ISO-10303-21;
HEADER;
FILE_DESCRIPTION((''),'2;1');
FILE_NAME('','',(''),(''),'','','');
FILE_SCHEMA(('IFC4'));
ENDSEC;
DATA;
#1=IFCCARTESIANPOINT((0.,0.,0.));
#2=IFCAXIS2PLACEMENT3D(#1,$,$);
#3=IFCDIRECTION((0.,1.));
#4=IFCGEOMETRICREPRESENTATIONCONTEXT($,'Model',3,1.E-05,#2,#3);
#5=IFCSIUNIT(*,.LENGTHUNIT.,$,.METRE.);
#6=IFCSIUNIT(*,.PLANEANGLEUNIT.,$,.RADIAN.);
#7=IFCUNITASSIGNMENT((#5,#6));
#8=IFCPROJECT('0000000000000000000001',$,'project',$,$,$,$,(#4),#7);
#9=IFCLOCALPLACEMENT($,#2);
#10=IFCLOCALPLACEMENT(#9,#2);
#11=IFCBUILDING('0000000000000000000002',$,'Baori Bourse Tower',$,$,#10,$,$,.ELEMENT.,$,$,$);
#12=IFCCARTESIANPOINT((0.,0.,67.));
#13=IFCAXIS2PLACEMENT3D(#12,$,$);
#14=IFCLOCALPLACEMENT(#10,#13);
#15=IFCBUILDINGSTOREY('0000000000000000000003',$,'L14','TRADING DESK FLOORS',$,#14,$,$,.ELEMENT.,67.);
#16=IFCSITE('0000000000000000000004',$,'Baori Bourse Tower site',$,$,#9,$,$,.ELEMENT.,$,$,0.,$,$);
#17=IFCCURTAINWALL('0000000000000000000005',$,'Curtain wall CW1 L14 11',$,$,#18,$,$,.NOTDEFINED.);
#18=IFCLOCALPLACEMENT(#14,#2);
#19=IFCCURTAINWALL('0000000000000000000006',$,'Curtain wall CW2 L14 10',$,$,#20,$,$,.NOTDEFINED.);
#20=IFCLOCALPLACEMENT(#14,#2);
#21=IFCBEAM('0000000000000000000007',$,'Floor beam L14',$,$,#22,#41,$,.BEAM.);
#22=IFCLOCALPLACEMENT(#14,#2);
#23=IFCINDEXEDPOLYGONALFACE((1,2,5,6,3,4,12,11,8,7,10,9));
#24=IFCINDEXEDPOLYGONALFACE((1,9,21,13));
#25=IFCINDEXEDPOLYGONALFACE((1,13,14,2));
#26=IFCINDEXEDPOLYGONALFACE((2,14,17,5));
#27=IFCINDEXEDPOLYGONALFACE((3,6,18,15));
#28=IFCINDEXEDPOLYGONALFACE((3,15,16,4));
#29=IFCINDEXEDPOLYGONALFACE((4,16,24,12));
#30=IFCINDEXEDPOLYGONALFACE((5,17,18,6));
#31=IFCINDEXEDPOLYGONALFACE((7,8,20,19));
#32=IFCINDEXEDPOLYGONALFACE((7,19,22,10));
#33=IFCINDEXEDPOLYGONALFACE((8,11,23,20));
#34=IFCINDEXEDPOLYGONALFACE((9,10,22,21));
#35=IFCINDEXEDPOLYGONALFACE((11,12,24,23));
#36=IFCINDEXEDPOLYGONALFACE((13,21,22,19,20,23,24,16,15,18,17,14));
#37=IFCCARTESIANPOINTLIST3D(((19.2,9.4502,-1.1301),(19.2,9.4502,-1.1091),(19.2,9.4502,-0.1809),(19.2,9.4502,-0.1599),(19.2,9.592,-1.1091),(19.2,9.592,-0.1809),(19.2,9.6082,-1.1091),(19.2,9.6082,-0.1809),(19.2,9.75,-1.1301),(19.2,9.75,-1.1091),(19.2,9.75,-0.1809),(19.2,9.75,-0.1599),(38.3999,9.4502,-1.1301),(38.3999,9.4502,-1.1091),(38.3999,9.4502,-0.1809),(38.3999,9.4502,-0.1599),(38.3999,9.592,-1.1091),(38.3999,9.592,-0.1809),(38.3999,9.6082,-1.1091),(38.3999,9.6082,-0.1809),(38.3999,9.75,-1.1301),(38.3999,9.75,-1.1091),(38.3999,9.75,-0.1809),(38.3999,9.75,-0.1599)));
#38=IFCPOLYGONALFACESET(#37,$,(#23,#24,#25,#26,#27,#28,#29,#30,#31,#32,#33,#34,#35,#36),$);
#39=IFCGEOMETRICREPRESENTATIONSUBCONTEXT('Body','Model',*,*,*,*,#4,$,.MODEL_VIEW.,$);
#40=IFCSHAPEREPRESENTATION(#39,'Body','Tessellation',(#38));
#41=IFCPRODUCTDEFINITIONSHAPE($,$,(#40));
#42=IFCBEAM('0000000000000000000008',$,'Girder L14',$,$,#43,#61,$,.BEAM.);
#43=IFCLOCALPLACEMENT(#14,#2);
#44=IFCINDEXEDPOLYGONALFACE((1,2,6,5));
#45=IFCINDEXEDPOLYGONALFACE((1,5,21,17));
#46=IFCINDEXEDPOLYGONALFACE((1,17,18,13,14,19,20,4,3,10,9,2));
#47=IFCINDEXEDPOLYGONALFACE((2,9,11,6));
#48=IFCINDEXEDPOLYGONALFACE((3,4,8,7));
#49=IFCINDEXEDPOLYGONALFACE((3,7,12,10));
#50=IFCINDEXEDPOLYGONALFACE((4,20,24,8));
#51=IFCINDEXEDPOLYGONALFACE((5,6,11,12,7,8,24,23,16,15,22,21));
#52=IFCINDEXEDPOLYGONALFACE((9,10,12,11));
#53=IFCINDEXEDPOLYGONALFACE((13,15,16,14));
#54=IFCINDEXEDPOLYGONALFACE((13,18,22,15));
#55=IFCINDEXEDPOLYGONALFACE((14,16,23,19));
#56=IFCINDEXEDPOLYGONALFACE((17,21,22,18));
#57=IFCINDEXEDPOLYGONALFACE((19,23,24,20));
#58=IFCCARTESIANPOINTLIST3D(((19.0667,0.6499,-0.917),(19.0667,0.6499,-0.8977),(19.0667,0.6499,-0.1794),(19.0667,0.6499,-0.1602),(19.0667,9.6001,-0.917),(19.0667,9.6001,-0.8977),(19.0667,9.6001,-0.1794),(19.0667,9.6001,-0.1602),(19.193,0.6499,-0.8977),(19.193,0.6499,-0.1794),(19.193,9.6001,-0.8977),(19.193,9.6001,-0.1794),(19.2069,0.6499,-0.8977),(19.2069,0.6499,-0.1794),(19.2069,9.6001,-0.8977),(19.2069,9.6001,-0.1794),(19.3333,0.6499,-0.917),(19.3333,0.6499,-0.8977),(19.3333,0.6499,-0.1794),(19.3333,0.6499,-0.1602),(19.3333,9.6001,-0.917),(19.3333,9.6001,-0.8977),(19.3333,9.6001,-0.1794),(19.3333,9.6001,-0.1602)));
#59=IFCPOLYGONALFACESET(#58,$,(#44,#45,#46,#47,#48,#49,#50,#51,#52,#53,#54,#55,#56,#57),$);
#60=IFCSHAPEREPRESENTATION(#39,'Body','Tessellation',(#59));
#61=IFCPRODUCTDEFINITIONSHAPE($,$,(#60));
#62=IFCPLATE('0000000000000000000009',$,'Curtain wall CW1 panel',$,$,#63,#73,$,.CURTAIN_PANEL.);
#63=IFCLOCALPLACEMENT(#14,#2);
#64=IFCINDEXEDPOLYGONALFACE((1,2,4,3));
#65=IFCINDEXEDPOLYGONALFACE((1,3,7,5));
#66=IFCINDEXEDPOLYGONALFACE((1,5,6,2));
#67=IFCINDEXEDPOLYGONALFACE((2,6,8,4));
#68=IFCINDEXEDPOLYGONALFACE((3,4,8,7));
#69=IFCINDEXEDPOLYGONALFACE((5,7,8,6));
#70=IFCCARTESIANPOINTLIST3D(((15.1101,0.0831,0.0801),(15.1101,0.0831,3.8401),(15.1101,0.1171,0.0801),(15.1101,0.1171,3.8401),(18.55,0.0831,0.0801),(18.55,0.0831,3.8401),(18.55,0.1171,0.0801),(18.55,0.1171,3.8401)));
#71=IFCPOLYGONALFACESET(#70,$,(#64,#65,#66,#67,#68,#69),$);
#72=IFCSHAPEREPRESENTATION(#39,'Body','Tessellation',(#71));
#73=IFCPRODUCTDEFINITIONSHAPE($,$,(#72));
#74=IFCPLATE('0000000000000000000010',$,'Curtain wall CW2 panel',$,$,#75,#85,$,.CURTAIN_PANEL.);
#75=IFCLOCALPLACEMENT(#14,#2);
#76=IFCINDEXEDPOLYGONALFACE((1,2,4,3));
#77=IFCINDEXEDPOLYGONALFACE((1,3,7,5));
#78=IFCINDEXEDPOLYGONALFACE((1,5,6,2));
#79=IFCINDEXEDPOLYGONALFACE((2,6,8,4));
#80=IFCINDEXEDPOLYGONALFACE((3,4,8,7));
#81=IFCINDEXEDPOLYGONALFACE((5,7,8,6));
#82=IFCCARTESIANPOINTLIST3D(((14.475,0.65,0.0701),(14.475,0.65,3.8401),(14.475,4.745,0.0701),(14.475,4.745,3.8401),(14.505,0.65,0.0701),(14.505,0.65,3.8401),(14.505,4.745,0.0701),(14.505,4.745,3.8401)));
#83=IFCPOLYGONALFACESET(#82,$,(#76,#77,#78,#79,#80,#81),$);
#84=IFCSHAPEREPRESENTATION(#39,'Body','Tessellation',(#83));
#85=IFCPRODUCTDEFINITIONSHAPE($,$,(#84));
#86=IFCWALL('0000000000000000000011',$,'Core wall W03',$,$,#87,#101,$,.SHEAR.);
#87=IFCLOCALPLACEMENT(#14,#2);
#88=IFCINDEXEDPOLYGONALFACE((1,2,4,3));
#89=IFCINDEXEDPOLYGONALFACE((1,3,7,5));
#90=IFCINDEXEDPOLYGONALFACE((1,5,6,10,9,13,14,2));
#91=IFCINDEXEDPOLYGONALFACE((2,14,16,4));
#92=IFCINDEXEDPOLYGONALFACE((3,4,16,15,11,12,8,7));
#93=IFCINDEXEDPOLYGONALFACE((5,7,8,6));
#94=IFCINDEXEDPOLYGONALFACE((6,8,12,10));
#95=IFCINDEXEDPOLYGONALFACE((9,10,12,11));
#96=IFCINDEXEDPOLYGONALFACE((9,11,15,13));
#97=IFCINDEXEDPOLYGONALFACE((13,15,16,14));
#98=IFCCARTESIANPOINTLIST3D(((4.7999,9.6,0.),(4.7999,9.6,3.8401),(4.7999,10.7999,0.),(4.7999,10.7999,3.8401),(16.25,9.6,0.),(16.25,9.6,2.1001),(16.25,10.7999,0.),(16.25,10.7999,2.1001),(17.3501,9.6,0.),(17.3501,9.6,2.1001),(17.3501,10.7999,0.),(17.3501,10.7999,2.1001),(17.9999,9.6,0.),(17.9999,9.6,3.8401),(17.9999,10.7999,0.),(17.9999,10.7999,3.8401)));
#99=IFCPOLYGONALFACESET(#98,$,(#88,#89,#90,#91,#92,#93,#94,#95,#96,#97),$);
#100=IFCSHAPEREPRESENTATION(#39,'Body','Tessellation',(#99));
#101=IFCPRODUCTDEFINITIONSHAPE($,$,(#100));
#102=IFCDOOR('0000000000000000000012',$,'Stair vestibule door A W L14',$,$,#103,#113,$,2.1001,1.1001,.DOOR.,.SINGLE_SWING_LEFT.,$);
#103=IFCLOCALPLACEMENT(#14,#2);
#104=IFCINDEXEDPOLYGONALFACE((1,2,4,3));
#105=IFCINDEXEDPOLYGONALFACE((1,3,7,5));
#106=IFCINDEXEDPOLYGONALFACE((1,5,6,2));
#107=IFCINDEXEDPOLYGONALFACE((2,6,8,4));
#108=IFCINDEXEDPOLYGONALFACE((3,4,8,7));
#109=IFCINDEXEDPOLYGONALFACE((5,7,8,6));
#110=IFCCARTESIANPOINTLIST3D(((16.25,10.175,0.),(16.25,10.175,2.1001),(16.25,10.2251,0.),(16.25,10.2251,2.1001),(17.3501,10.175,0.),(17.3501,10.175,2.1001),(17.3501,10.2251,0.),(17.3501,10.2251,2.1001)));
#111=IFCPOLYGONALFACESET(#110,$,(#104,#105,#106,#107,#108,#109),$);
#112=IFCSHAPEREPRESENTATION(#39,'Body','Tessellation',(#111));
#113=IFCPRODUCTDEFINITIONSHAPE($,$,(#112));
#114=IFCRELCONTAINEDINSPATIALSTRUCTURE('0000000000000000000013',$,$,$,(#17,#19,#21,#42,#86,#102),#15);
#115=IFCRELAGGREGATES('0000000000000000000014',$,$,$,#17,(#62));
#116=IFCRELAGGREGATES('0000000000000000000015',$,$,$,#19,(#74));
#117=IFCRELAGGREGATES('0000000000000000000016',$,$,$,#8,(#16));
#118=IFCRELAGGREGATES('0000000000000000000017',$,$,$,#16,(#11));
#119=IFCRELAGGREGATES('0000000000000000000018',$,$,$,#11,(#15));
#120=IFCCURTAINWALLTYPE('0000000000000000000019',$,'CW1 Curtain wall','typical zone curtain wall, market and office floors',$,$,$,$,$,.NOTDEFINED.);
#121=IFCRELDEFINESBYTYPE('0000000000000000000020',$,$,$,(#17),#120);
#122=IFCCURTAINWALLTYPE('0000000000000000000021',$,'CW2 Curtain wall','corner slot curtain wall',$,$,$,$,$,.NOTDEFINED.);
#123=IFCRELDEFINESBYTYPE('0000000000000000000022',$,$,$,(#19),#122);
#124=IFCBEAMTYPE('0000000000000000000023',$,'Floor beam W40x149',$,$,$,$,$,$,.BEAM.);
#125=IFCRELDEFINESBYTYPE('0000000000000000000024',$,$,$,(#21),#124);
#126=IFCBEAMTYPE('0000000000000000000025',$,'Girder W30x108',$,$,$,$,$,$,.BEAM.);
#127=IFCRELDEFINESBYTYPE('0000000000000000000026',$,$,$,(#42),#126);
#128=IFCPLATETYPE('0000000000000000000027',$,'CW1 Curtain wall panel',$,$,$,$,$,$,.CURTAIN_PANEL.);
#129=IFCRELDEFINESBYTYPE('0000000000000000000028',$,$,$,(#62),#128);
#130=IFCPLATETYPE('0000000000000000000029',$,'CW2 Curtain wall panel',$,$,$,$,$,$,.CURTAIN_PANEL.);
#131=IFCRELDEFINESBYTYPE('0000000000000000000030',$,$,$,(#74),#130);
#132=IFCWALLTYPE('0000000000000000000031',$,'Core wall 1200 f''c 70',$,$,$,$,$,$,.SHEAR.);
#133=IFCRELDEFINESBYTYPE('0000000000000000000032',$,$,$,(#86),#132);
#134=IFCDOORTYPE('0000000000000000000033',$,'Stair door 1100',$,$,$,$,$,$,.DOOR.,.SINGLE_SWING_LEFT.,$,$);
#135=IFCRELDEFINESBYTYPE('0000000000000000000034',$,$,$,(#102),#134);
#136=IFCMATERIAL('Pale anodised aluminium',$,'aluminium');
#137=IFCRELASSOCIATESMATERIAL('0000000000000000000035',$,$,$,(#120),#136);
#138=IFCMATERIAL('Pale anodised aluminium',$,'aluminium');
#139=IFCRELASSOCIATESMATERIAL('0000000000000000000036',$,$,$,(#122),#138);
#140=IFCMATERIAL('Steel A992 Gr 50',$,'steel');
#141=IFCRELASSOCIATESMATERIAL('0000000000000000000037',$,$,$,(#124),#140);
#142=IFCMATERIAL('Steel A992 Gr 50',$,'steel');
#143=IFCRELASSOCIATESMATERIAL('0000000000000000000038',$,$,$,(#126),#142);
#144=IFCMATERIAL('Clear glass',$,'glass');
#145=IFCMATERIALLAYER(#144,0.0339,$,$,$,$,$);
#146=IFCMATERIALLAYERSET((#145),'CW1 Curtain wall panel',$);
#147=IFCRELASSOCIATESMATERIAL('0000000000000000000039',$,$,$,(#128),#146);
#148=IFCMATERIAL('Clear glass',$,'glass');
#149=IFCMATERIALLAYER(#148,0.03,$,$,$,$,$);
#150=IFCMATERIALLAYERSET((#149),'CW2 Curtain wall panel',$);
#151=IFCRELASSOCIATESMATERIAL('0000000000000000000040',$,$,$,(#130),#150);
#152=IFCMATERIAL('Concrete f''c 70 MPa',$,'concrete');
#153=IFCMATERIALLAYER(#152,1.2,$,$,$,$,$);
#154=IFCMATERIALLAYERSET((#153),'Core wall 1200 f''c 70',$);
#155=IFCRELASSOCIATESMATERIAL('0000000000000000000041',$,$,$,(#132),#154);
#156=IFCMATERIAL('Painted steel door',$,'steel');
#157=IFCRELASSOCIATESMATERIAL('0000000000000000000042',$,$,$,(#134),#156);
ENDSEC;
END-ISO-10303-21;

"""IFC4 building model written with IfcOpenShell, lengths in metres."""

from ifc_helpers import new_model, si_unit, direction, frame, frame_2d, origin, origin_2d, place, context, subcontext, project, spatial, rectangle, i_section, extrude, material, layer, layer_set, material_profile, profile_set, type_object, element, fill, aggregate, save


model = new_model("IFC4")

# Units and contexts
model_context = context("Model", 3, precision=1e-05, world=origin(), true_north=direction((0.0, 1.0)))
body_context = subcontext(model_context, "Body", "Model", "MODEL_VIEW")
ifc_project = project(units=[si_unit("LENGTHUNIT", "METRE"), si_unit("PLANEANGLEUNIT", "RADIAN")], contexts=[model_context])

# Site, building, storey
site_placement = place(None, origin())
site = spatial("IfcSite", under=ifc_project, at=site_placement, Name="Baori Bourse Tower site", CompositionType="ELEMENT", RefElevation=0.0)
building_placement = place(site_placement, origin())
building = spatial("IfcBuilding", under=site, at=building_placement, Name="Baori Bourse Tower", CompositionType="ELEMENT")
storey_placement = place(building_placement, frame((0.0, 0.0, 67.0)))
storey = spatial("IfcBuildingStorey", under=building, at=storey_placement, Name="L14", Description="TRADING DESK FLOORS", CompositionType="ELEMENT", Elevation=67.0)

# Curtain walls
ifc_material_1 = material(Name="Pale anodised aluminium", Category="aluminium")
curtain_wall_type_1 = type_object("IfcCurtainWallType", Name="CW1 Curtain wall", Description="typical zone curtain wall, market and office floors", PredefinedType="NOTDEFINED", material=ifc_material_1)
curtain_wall_1_placement = place(storey_placement, origin())
curtain_wall_1 = element("IfcCurtainWall", 1, at=curtain_wall_1_placement, inside=storey, type_object=curtain_wall_type_1, Name="Curtain wall CW1 L14 11", PredefinedType="NOTDEFINED")
ifc_material_2 = material(Name="Pale anodised aluminium", Category="aluminium")
curtain_wall_type_2 = type_object("IfcCurtainWallType", Name="CW2 Curtain wall", Description="corner slot curtain wall", PredefinedType="NOTDEFINED", material=ifc_material_2)
curtain_wall_2_placement = place(storey_placement, origin())
curtain_wall_2 = element("IfcCurtainWall", 2, at=curtain_wall_2_placement, inside=storey, type_object=curtain_wall_type_2, Name="Curtain wall CW2 L14 10", PredefinedType="NOTDEFINED")

# Beams
ifc_material_3 = material(Name="Steel A992 Gr 50", Category="steel")
ifc_material_profile_1 = material_profile(ifc_material_3, i_section(OverallWidth=0.2998, OverallDepth=0.9702, WebThickness=0.0161, FlangeThickness=0.021, at=origin_2d()), Name="W40x149")
ifc_profile_set_1 = profile_set([ifc_material_profile_1], Name="Steel A992 Gr 50")
beam_type_1 = type_object("IfcBeamType", Name="Floor beam W40x149", PredefinedType="BEAM", material=ifc_profile_set_1)
beam_1_placement = place(storey_placement, frame((19.2, 9.6001, -0.645), z_axis=(1.0, 0.0, 0.0), x_axis=(0.0, 1.0, 0.0)))
element("IfcBeam", 3, at=beam_1_placement, inside=storey, type_object=beam_type_1, Name="Floor beam L14", PredefinedType="BEAM", context=body_context, shape_type="SweptSolid", body=[
    extrude(i_section(OverallWidth=0.2998, OverallDepth=0.9702, WebThickness=0.0161, FlangeThickness=0.021, at=origin_2d()), origin(), (0.0, 0.0, 1.0), 19.2),
])
ifc_material_4 = material(Name="Steel A992 Gr 50", Category="steel")
ifc_material_profile_2 = material_profile(ifc_material_4, i_section(OverallWidth=0.2666, OverallDepth=0.7568, WebThickness=0.0139, FlangeThickness=0.0193, at=origin_2d()), Name="W30x108")
ifc_profile_set_2 = profile_set([ifc_material_profile_2], Name="Steel A992 Gr 50")
beam_type_2 = type_object("IfcBeamType", Name="Girder W30x108", PredefinedType="BEAM", material=ifc_profile_set_2)
beam_2_placement = place(storey_placement, frame((19.2, 0.6499, -0.5386), z_axis=(0.0, 1.0, 0.0), x_axis=(-1.0, 0.0, 0.0)))
element("IfcBeam", 4, at=beam_2_placement, inside=storey, type_object=beam_type_2, Name="Girder L14", PredefinedType="BEAM", context=body_context, shape_type="SweptSolid", body=[
    extrude(i_section(OverallWidth=0.2666, OverallDepth=0.7568, WebThickness=0.0139, FlangeThickness=0.0193, at=origin_2d()), origin(), (0.0, 0.0, 1.0), 8.9502),
])

# Plates
ifc_material_5 = material(Name="Clear glass", Category="glass")
ifc_layer_1 = layer(ifc_material_5, 0.0339)
ifc_layer_set_1 = layer_set([ifc_layer_1], Name="CW1 Curtain wall panel")
plate_type_1 = type_object("IfcPlateType", Name="CW1 Curtain wall panel", PredefinedType="CURTAIN_PANEL", material=ifc_layer_set_1)
plate_1_placement = place(storey_placement, frame((16.8301, 0.1001, 0.0801), z_axis=(0.0, 0.0, 1.0), x_axis=(1.0, 0.0, 0.0)))
plate_1 = element("IfcPlate", 5, at=plate_1_placement, type_object=plate_type_1, Name="Curtain wall CW1 panel", PredefinedType="CURTAIN_PANEL", context=body_context, shape_type="SweptSolid", body=[
    extrude(rectangle(XDim=3.4399, YDim=0.0339, at=origin_2d()), origin(), (0.0, 0.0, 1.0), 3.76),
])
aggregate(curtain_wall_1, [plate_1])
ifc_material_6 = material(Name="Clear glass", Category="glass")
ifc_layer_2 = layer(ifc_material_6, 0.03)
ifc_layer_set_2 = layer_set([ifc_layer_2], Name="CW2 Curtain wall panel")
plate_type_2 = type_object("IfcPlateType", Name="CW2 Curtain wall panel", PredefinedType="CURTAIN_PANEL", material=ifc_layer_set_2)
plate_2_placement = place(storey_placement, frame((14.49, 2.6975, 0.0701), z_axis=(0.0, 0.0, 1.0), x_axis=(0.0, -1.0, 0.0)))
plate_2 = element("IfcPlate", 6, at=plate_2_placement, type_object=plate_type_2, Name="Curtain wall CW2 panel", PredefinedType="CURTAIN_PANEL", context=body_context, shape_type="SweptSolid", body=[
    extrude(rectangle(XDim=4.095, YDim=0.03, at=origin_2d()), origin(), (0.0, 0.0, 1.0), 3.77),
])
aggregate(curtain_wall_2, [plate_2])

# Wall, opening, door
ifc_material_7 = material(Name="Concrete f'c 70 MPa", Category="concrete")
ifc_layer_3 = layer(ifc_material_7, 1.2)
ifc_layer_set_3 = layer_set([ifc_layer_3], Name="Core wall 1200 f'c 70")
wall_type_1 = type_object("IfcWallType", Name="Core wall 1200 f'c 70", PredefinedType="SHEAR", material=ifc_layer_set_3)
wall_1_placement = place(storey_placement, frame((18.0, 10.2, 0.0), z_axis=(0.0, 0.0, 1.0), x_axis=(-1.0, 0.0, 0.0)))
wall_1 = element("IfcWall", 7, at=wall_1_placement, inside=storey, type_object=wall_type_1, Name="Core wall W03", PredefinedType="SHEAR", context=body_context, shape_type="SweptSolid", body=[
    extrude(rectangle(XDim=13.2, YDim=1.2, at=frame_2d((6.6001, 0.0))), origin(), (0.0, 0.0, 1.0), 3.8401),
])
opening_1_placement = place(wall_1_placement, frame((0.6499, 0.0, 0.0)))
opening_1 = element("IfcOpeningElement", 8, at=opening_1_placement, cuts=wall_1, PredefinedType="OPENING", context=body_context, shape_type="SweptSolid", body=[
    extrude(rectangle(XDim=1.1001, YDim=2.1001, at=frame_2d((0.55, 1.05))), frame((0.0, 0.6099, 0.0), z_axis=(0.0, -1.0, 0.0), x_axis=(1.0, 0.0, 0.0)), (0.0, 0.0, 1.0), 1.22),
])
ifc_material_8 = material(Name="Painted steel door", Category="steel")
door_type_1 = type_object("IfcDoorType", Name="Stair door 1100", OperationType="SINGLE_SWING_LEFT", PredefinedType="DOOR", material=ifc_material_8)
door_1_placement = place(opening_1_placement, origin())
door_1 = element("IfcDoor", 9, at=door_1_placement, inside=storey, type_object=door_type_1, Name="Stair vestibule door A W L14", OperationType="SINGLE_SWING_LEFT", OverallHeight=2.1001, OverallWidth=1.1001, PredefinedType="DOOR", context=body_context, shape_type="SweptSolid", body=[
    extrude(rectangle(XDim=1.1001, YDim=2.1001, at=frame_2d((0.55, 1.05))), frame((0.0, 0.0249, 0.0), z_axis=(0.0, -1.0, 0.0), x_axis=(1.0, 0.0, 0.0)), (0.0, 0.0, 1.0), 0.05),
])
fill(opening_1, door_1)

save(model, "model.ifc")
